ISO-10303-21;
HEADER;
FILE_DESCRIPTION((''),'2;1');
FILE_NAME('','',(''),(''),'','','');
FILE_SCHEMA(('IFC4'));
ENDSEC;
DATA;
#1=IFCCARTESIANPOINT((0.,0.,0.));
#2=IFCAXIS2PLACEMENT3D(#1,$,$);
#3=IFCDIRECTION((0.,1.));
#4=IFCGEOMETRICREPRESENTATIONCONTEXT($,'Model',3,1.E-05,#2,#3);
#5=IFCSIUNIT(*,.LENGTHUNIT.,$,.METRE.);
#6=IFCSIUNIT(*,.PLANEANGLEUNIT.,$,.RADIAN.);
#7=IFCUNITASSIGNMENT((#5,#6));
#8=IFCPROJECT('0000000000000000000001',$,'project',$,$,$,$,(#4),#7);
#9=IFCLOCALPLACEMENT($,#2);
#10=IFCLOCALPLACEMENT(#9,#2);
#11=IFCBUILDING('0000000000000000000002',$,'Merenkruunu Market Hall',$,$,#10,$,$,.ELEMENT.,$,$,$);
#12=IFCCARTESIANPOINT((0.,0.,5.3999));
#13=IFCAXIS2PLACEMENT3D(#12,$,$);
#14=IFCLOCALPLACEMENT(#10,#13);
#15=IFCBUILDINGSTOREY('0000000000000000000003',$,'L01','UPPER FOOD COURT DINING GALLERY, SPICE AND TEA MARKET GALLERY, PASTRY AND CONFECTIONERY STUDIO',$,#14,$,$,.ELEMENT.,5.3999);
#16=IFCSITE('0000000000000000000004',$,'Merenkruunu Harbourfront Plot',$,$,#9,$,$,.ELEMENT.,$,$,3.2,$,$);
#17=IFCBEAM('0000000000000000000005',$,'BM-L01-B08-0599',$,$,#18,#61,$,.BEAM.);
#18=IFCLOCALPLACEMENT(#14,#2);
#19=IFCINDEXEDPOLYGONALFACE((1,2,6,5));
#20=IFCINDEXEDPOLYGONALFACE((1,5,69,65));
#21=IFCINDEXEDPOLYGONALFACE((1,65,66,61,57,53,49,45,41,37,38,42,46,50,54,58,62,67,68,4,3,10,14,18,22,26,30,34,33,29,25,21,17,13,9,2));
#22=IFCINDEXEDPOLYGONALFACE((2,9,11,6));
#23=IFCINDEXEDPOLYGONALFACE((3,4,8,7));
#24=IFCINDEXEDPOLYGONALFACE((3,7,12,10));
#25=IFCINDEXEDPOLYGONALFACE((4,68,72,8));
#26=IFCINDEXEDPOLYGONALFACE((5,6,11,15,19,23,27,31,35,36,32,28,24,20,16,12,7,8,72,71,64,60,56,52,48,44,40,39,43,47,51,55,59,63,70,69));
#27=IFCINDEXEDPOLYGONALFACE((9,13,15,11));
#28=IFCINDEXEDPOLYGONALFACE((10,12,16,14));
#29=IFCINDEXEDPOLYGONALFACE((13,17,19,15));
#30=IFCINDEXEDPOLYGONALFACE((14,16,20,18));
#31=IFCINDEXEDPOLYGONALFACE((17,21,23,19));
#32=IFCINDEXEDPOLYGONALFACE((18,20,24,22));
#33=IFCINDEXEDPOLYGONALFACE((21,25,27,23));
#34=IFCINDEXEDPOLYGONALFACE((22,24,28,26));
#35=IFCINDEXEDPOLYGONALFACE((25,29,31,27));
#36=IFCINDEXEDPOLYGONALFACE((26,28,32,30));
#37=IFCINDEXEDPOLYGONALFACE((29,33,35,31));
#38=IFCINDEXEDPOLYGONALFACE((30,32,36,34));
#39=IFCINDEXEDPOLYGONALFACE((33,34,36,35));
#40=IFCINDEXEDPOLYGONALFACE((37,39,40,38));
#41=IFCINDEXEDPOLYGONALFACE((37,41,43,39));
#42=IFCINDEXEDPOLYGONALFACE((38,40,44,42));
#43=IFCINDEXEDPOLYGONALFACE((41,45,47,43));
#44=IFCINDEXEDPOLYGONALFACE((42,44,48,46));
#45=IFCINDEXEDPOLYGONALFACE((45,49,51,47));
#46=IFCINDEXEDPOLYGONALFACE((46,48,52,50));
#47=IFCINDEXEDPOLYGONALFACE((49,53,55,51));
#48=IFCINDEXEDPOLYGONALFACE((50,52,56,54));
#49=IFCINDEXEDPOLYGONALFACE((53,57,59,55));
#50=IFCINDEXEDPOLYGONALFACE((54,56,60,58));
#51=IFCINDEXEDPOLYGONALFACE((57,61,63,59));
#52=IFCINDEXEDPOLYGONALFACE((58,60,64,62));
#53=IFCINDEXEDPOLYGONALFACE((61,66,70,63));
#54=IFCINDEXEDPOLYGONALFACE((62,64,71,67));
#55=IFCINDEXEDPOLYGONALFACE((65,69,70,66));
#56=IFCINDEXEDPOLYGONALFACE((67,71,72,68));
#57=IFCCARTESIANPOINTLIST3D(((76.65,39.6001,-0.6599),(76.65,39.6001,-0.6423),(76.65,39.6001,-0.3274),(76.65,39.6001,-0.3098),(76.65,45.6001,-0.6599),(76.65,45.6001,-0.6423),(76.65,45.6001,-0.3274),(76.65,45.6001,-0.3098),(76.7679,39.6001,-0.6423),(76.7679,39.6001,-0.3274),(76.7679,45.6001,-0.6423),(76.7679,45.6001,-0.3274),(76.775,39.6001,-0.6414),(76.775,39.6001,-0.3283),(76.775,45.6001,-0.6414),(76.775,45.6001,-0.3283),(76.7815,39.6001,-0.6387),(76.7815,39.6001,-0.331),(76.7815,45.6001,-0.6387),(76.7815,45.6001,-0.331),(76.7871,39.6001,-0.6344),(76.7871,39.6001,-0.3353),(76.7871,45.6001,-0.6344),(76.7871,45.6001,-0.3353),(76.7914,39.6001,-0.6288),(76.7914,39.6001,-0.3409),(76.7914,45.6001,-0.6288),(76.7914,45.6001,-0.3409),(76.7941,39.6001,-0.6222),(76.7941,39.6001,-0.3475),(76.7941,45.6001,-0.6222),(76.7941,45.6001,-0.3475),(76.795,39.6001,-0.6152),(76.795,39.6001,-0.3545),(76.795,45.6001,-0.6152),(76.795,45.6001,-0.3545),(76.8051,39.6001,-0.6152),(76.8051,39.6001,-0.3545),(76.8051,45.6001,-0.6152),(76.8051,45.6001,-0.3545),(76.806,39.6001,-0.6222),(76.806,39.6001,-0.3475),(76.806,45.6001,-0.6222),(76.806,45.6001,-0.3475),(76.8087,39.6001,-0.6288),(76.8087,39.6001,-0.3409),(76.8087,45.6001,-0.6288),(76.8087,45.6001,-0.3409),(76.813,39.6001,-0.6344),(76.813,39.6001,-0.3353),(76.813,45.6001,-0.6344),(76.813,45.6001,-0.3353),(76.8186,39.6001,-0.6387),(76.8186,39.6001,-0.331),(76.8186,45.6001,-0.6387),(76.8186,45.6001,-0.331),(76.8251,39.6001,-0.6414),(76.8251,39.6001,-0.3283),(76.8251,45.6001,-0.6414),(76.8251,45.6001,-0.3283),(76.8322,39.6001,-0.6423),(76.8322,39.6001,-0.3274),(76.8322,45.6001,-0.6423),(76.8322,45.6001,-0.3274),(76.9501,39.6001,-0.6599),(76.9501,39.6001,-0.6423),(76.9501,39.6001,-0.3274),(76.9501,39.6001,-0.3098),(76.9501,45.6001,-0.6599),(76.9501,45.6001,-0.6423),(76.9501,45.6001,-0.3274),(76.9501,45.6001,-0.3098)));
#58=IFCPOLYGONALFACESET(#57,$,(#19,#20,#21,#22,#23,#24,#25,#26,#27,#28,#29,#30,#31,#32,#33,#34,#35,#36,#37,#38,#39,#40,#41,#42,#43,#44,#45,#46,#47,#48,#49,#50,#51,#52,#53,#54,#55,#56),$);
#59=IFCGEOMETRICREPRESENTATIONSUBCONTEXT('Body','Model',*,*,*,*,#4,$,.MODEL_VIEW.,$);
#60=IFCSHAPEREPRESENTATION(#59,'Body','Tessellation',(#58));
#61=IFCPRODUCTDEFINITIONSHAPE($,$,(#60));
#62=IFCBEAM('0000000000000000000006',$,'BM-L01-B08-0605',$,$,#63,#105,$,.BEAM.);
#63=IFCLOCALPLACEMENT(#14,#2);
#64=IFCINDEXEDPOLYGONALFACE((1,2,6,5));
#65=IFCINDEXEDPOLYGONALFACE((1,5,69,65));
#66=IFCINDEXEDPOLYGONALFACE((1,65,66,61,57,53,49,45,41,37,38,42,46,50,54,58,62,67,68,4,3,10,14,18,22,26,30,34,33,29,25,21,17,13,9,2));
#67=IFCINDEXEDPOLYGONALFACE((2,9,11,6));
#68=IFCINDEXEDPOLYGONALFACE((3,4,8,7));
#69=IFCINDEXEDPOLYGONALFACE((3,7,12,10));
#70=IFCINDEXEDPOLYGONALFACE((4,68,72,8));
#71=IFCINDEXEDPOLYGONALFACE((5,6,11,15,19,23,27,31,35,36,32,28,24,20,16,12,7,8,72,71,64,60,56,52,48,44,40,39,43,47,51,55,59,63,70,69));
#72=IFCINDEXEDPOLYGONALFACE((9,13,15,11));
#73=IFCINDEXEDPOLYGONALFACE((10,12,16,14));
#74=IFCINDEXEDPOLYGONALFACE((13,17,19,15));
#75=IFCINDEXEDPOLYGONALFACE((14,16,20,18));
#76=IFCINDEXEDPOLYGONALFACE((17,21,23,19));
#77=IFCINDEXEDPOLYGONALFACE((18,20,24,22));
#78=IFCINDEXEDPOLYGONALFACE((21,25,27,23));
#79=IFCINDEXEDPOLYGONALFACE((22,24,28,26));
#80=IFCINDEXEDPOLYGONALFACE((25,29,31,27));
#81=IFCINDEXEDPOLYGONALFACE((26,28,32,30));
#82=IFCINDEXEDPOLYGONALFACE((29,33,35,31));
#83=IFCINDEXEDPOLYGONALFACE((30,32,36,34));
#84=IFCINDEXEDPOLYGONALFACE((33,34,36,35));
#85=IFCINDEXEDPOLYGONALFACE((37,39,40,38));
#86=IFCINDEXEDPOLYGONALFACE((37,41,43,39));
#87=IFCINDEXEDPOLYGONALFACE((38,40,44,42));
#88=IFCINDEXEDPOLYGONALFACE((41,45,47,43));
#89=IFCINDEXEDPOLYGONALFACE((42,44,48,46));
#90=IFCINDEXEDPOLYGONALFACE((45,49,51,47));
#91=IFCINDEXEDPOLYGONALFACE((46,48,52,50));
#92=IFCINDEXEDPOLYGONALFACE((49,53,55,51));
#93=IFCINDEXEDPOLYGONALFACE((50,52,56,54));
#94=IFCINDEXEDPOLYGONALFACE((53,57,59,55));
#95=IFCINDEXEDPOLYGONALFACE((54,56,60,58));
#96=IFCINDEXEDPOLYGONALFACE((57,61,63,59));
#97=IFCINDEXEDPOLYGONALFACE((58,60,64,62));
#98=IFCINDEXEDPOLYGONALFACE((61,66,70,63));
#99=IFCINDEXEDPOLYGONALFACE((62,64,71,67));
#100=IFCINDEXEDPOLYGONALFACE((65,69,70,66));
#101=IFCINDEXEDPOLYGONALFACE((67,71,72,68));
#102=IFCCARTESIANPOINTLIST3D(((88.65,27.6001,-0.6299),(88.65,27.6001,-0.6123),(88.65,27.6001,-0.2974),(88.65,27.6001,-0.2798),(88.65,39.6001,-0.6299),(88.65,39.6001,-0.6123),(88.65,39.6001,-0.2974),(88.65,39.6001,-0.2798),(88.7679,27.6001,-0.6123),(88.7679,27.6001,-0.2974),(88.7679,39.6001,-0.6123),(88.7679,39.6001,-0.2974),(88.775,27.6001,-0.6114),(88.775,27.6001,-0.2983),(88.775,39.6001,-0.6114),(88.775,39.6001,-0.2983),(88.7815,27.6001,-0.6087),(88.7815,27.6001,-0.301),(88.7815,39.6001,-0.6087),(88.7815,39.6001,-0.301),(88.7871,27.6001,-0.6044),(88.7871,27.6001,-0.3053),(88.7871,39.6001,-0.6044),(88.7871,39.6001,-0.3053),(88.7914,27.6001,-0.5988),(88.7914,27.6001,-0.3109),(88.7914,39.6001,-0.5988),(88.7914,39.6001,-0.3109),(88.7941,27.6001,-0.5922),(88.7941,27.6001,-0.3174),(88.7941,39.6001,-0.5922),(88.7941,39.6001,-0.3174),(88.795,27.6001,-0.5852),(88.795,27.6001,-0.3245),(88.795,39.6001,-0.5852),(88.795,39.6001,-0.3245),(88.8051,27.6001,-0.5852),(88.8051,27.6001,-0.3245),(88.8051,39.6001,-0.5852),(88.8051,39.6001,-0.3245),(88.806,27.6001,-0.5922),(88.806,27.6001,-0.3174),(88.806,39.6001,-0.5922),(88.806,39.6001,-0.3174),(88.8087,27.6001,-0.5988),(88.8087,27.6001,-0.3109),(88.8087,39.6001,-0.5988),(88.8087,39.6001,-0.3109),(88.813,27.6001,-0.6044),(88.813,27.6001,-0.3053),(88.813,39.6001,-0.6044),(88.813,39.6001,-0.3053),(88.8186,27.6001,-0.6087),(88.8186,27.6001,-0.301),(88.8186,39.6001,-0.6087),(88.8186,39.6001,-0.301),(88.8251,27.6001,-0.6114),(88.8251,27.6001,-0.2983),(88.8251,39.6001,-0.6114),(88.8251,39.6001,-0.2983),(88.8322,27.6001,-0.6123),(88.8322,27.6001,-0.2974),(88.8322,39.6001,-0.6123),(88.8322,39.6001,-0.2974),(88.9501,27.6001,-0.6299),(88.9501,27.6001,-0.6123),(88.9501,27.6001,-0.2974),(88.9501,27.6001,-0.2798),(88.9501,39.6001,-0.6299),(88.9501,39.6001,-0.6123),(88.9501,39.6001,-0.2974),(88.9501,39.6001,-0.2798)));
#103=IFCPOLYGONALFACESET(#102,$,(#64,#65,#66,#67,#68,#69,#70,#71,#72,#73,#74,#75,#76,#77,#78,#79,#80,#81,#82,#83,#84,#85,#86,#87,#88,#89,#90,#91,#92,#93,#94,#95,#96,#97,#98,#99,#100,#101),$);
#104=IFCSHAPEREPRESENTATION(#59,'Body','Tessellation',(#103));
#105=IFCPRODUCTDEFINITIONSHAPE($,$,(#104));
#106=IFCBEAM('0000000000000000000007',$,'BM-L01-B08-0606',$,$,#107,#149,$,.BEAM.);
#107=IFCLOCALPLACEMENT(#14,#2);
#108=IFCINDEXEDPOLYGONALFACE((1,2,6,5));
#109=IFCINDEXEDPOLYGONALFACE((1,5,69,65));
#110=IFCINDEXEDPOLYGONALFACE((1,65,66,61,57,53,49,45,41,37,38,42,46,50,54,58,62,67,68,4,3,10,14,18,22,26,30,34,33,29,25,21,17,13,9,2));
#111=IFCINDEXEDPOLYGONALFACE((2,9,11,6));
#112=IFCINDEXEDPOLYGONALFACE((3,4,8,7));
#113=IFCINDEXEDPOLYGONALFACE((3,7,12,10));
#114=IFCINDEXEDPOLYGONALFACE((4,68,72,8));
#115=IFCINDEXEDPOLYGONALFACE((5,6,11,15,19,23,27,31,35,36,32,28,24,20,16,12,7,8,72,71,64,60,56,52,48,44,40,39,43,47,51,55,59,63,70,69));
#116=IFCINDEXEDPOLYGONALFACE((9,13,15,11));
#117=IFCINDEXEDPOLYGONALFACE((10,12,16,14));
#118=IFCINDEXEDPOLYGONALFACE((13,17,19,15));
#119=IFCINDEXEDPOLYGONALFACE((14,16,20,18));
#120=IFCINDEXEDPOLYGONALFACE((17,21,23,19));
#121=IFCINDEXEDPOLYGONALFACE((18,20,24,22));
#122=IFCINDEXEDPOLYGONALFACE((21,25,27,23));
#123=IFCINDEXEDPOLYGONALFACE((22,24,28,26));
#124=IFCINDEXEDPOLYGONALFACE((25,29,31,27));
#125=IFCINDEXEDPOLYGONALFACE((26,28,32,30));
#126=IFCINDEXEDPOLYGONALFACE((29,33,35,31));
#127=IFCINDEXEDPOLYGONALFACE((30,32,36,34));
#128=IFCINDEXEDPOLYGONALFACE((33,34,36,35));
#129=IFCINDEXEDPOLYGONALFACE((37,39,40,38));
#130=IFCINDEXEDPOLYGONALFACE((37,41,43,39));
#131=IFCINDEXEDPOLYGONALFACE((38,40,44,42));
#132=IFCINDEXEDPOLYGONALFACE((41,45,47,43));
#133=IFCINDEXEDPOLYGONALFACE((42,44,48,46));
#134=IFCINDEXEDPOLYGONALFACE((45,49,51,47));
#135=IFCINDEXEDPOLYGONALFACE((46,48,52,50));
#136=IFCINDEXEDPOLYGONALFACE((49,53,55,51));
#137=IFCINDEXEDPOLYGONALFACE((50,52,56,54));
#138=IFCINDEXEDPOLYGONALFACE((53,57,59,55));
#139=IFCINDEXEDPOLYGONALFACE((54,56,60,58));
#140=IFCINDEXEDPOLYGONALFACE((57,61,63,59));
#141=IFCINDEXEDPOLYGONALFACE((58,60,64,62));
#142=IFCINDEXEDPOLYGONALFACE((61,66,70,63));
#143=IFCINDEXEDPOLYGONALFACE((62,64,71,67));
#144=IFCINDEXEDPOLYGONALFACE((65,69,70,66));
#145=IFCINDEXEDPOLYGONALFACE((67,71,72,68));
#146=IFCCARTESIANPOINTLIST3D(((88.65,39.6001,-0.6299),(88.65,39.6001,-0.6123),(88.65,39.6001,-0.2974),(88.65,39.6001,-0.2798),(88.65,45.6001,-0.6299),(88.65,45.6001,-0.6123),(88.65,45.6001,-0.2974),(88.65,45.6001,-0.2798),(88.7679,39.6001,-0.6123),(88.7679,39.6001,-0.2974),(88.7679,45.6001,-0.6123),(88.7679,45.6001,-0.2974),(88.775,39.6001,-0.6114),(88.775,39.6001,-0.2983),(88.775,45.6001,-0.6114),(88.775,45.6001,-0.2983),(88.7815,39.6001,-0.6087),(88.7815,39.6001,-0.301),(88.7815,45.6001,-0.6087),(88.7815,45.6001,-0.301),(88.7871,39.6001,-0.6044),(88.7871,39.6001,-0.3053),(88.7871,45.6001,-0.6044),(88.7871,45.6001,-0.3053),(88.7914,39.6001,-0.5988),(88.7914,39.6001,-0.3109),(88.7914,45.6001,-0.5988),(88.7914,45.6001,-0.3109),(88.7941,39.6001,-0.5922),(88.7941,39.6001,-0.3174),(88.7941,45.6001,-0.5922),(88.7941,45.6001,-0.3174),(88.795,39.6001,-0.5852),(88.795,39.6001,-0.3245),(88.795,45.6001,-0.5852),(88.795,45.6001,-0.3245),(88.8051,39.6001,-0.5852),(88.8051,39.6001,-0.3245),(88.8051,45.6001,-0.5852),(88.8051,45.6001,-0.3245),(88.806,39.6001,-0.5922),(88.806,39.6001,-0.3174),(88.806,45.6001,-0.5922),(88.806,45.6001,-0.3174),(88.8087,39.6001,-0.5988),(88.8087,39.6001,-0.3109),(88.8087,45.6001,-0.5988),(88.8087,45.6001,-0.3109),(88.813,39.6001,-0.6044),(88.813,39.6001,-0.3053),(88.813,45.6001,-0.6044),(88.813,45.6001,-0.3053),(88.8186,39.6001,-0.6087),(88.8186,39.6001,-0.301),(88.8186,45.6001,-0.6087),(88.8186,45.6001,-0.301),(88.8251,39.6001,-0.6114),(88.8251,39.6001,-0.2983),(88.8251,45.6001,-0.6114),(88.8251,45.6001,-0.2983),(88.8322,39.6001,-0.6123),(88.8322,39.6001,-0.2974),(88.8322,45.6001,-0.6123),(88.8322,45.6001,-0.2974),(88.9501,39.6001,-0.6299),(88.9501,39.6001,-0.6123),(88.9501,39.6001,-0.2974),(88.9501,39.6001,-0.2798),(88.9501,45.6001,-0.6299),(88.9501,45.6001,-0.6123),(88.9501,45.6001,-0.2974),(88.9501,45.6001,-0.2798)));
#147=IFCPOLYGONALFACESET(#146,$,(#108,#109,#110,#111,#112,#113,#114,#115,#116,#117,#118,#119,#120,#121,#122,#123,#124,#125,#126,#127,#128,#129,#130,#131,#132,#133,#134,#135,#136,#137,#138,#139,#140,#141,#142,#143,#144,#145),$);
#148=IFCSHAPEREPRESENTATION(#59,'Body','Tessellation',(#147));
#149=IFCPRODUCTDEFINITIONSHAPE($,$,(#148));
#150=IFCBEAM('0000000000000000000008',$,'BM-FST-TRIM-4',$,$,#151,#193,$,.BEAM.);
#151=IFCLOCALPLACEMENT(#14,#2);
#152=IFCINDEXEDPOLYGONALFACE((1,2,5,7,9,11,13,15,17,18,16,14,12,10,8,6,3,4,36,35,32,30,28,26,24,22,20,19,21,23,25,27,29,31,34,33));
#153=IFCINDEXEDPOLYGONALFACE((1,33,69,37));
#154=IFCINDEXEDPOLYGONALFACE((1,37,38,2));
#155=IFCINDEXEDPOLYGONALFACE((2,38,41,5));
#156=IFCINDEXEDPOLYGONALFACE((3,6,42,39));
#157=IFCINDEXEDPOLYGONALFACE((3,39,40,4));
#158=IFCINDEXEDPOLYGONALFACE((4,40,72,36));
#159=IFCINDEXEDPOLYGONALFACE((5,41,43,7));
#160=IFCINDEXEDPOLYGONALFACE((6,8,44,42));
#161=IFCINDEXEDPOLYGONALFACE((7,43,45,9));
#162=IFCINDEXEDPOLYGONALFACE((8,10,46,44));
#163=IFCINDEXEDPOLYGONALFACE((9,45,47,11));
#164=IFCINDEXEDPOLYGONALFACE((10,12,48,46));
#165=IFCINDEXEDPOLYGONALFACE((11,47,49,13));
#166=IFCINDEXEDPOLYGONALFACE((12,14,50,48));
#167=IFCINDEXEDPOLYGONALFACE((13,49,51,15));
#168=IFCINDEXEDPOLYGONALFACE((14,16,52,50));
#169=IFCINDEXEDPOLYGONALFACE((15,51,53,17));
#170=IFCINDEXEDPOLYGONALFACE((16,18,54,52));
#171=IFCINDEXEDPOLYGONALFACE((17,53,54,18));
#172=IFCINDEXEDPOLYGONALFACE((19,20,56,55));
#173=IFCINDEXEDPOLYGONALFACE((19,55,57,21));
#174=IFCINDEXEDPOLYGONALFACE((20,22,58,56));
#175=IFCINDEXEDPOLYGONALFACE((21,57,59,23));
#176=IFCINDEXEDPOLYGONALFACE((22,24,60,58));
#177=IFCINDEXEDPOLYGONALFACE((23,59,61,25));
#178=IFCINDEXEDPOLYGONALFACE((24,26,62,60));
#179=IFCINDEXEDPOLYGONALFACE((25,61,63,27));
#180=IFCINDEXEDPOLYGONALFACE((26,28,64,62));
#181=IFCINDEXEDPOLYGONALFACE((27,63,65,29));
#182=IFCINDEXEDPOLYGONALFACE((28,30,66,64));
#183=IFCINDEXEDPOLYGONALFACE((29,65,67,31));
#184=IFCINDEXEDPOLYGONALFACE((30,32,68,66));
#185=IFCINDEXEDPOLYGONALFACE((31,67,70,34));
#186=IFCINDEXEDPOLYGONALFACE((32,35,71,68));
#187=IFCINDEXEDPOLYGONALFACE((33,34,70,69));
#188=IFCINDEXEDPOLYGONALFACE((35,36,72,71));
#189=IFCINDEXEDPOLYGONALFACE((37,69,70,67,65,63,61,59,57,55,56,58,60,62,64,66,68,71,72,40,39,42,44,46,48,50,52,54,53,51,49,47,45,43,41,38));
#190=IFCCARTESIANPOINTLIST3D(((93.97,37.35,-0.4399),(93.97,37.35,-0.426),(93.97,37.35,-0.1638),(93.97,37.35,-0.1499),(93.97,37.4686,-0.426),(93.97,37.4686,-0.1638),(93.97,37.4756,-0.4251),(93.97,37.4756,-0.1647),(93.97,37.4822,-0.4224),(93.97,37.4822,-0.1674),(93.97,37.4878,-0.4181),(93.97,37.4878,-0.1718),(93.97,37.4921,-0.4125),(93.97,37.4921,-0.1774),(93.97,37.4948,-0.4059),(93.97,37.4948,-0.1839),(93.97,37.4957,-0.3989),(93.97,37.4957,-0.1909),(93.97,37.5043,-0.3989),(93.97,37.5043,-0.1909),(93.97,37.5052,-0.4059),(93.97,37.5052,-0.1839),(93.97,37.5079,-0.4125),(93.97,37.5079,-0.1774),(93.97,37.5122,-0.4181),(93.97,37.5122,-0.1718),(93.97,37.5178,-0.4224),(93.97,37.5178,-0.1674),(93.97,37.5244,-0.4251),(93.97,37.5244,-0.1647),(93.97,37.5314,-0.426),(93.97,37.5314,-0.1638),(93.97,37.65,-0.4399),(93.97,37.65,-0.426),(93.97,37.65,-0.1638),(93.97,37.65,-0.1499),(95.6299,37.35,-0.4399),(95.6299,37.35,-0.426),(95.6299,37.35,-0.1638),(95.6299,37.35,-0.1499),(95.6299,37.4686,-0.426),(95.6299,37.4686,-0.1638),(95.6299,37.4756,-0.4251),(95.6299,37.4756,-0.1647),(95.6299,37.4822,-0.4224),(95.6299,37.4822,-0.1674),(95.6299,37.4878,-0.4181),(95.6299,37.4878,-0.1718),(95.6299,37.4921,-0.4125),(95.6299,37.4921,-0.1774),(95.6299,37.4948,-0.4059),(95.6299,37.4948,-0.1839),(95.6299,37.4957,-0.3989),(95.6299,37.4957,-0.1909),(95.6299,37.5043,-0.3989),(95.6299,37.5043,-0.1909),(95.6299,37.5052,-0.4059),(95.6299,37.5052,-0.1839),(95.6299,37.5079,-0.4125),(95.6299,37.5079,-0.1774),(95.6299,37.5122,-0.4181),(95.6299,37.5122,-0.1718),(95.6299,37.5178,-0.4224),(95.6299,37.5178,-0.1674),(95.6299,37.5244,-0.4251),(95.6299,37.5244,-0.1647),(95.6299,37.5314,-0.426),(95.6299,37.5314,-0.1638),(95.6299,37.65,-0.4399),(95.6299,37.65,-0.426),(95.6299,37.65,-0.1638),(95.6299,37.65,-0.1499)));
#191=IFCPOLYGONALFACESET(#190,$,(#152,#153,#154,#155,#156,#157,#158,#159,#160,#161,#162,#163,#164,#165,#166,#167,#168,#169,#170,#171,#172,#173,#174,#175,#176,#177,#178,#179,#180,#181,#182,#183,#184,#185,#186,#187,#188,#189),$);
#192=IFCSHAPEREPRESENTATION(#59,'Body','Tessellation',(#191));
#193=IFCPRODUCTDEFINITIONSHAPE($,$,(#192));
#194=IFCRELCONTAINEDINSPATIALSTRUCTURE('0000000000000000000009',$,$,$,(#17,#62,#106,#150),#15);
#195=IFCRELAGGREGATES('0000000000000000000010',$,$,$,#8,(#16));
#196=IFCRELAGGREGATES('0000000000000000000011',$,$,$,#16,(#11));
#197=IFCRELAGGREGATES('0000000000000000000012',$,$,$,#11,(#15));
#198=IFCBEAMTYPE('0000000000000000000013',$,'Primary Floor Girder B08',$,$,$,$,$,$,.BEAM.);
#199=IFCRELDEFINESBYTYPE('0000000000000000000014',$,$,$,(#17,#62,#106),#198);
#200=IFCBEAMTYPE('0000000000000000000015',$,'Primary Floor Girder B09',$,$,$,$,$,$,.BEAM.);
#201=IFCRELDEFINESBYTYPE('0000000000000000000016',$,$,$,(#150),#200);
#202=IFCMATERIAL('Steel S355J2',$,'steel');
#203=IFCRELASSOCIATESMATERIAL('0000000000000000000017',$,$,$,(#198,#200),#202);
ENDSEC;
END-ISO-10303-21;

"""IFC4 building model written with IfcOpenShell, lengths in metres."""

from ifc_helpers import new_model, si_unit, direction, frame, origin, origin_2d, place, context, subcontext, project, spatial, i_section, extrude, material, material_profile, profile_set, type_object, element, save


model = new_model("IFC4")

# Units and contexts
model_context = context("Model", 3, precision=1e-05, world=origin(), true_north=direction((0.0, 1.0)))
body_context = subcontext(model_context, "Body", "Model", "MODEL_VIEW")
ifc_project = project(units=[si_unit("LENGTHUNIT", "METRE"), si_unit("PLANEANGLEUNIT", "RADIAN")], contexts=[model_context])

# Site, building, storey
site_placement = place(None, origin())
site = spatial("IfcSite", under=ifc_project, at=site_placement, Name="Merenkruunu Harbourfront Plot", CompositionType="ELEMENT", RefElevation=3.2)
building_placement = place(site_placement, origin())
building = spatial("IfcBuilding", under=site, at=building_placement, Name="Merenkruunu Market Hall", CompositionType="ELEMENT")
storey_placement = place(building_placement, frame((0.0, 0.0, 5.3999)))
storey = spatial("IfcBuildingStorey", under=building, at=storey_placement, Name="L01", Description="UPPER FOOD COURT DINING GALLERY, SPICE AND TEA MARKET GALLERY, PASTRY AND CONFECTIONERY STUDIO", CompositionType="ELEMENT", Elevation=5.3999)

# Shared definitions
ifc_material_1 = material(Name="Steel S355J2", Category="steel")

# Beams
ifc_material_profile_1 = material_profile(ifc_material_1, i_section(OverallWidth=0.3, OverallDepth=0.3501, WebThickness=0.01, FlangeThickness=0.0176, FilletRadius=0.0271, at=origin_2d()), Name="HEA 360")
ifc_profile_set_1 = profile_set([ifc_material_profile_1], Name="Steel S355J2")
beam_type_1 = type_object("IfcBeamType", Name="Primary Floor Girder B08", PredefinedType="BEAM", material=ifc_profile_set_1)
beam_1_placement = place(storey_placement, frame((76.8, 39.6001, -0.4849), z_axis=(0.0, 1.0, 0.0), x_axis=(-1.0, 0.0, 0.0)))
element("IfcBeam", 1, at=beam_1_placement, inside=storey, type_object=beam_type_1, Name="BM-L01-B08-0599", PredefinedType="BEAM", context=body_context, shape_type="SweptSolid", body=[
    extrude(i_section(OverallWidth=0.3, OverallDepth=0.3501, WebThickness=0.01, FlangeThickness=0.0176, FilletRadius=0.0271, at=origin_2d()), origin(), (0.0, 0.0, 1.0), 6.0),
])
beam_2_placement = place(storey_placement, frame((88.8, 27.6001, -0.4548), z_axis=(0.0, 1.0, 0.0), x_axis=(-1.0, 0.0, 0.0)))
element("IfcBeam", 2, at=beam_2_placement, inside=storey, type_object=beam_type_1, Name="BM-L01-B08-0605", PredefinedType="BEAM", context=body_context, shape_type="SweptSolid", body=[
    extrude(i_section(OverallWidth=0.3, OverallDepth=0.3501, WebThickness=0.01, FlangeThickness=0.0176, FilletRadius=0.0271, at=origin_2d()), origin(), (0.0, 0.0, 1.0), 12.0),
])
beam_3_placement = place(storey_placement, frame((88.8, 39.6001, -0.4548), z_axis=(0.0, 1.0, 0.0), x_axis=(-1.0, 0.0, 0.0)))
element("IfcBeam", 3, at=beam_3_placement, inside=storey, type_object=beam_type_1, Name="BM-L01-B08-0606", PredefinedType="BEAM", context=body_context, shape_type="SweptSolid", body=[
    extrude(i_section(OverallWidth=0.3, OverallDepth=0.3501, WebThickness=0.01, FlangeThickness=0.0176, FilletRadius=0.0271, at=origin_2d()), origin(), (0.0, 0.0, 1.0), 6.0),
])
ifc_material_profile_2 = material_profile(ifc_material_1, i_section(OverallWidth=0.3, OverallDepth=0.29, WebThickness=0.0085, FlangeThickness=0.0139, FilletRadius=0.0271, at=origin_2d()), Name="HEA 300")
ifc_profile_set_2 = profile_set([ifc_material_profile_2], Name="Steel S355J2")
beam_type_2 = type_object("IfcBeamType", Name="Primary Floor Girder B09", PredefinedType="BEAM", material=ifc_profile_set_2)
beam_4_placement = place(storey_placement, frame((93.97, 37.5, -0.2949), z_axis=(1.0, 0.0, 0.0), x_axis=(0.0, 1.0, 0.0)))
element("IfcBeam", 4, at=beam_4_placement, inside=storey, type_object=beam_type_2, Name="BM-FST-TRIM-4", PredefinedType="BEAM", context=body_context, shape_type="SweptSolid", body=[
    extrude(i_section(OverallWidth=0.3, OverallDepth=0.29, WebThickness=0.0085, FlangeThickness=0.0139, FilletRadius=0.0271, at=origin_2d()), origin(), (0.0, 0.0, 1.0), 1.6599),
])

save(model, "model.ifc")
